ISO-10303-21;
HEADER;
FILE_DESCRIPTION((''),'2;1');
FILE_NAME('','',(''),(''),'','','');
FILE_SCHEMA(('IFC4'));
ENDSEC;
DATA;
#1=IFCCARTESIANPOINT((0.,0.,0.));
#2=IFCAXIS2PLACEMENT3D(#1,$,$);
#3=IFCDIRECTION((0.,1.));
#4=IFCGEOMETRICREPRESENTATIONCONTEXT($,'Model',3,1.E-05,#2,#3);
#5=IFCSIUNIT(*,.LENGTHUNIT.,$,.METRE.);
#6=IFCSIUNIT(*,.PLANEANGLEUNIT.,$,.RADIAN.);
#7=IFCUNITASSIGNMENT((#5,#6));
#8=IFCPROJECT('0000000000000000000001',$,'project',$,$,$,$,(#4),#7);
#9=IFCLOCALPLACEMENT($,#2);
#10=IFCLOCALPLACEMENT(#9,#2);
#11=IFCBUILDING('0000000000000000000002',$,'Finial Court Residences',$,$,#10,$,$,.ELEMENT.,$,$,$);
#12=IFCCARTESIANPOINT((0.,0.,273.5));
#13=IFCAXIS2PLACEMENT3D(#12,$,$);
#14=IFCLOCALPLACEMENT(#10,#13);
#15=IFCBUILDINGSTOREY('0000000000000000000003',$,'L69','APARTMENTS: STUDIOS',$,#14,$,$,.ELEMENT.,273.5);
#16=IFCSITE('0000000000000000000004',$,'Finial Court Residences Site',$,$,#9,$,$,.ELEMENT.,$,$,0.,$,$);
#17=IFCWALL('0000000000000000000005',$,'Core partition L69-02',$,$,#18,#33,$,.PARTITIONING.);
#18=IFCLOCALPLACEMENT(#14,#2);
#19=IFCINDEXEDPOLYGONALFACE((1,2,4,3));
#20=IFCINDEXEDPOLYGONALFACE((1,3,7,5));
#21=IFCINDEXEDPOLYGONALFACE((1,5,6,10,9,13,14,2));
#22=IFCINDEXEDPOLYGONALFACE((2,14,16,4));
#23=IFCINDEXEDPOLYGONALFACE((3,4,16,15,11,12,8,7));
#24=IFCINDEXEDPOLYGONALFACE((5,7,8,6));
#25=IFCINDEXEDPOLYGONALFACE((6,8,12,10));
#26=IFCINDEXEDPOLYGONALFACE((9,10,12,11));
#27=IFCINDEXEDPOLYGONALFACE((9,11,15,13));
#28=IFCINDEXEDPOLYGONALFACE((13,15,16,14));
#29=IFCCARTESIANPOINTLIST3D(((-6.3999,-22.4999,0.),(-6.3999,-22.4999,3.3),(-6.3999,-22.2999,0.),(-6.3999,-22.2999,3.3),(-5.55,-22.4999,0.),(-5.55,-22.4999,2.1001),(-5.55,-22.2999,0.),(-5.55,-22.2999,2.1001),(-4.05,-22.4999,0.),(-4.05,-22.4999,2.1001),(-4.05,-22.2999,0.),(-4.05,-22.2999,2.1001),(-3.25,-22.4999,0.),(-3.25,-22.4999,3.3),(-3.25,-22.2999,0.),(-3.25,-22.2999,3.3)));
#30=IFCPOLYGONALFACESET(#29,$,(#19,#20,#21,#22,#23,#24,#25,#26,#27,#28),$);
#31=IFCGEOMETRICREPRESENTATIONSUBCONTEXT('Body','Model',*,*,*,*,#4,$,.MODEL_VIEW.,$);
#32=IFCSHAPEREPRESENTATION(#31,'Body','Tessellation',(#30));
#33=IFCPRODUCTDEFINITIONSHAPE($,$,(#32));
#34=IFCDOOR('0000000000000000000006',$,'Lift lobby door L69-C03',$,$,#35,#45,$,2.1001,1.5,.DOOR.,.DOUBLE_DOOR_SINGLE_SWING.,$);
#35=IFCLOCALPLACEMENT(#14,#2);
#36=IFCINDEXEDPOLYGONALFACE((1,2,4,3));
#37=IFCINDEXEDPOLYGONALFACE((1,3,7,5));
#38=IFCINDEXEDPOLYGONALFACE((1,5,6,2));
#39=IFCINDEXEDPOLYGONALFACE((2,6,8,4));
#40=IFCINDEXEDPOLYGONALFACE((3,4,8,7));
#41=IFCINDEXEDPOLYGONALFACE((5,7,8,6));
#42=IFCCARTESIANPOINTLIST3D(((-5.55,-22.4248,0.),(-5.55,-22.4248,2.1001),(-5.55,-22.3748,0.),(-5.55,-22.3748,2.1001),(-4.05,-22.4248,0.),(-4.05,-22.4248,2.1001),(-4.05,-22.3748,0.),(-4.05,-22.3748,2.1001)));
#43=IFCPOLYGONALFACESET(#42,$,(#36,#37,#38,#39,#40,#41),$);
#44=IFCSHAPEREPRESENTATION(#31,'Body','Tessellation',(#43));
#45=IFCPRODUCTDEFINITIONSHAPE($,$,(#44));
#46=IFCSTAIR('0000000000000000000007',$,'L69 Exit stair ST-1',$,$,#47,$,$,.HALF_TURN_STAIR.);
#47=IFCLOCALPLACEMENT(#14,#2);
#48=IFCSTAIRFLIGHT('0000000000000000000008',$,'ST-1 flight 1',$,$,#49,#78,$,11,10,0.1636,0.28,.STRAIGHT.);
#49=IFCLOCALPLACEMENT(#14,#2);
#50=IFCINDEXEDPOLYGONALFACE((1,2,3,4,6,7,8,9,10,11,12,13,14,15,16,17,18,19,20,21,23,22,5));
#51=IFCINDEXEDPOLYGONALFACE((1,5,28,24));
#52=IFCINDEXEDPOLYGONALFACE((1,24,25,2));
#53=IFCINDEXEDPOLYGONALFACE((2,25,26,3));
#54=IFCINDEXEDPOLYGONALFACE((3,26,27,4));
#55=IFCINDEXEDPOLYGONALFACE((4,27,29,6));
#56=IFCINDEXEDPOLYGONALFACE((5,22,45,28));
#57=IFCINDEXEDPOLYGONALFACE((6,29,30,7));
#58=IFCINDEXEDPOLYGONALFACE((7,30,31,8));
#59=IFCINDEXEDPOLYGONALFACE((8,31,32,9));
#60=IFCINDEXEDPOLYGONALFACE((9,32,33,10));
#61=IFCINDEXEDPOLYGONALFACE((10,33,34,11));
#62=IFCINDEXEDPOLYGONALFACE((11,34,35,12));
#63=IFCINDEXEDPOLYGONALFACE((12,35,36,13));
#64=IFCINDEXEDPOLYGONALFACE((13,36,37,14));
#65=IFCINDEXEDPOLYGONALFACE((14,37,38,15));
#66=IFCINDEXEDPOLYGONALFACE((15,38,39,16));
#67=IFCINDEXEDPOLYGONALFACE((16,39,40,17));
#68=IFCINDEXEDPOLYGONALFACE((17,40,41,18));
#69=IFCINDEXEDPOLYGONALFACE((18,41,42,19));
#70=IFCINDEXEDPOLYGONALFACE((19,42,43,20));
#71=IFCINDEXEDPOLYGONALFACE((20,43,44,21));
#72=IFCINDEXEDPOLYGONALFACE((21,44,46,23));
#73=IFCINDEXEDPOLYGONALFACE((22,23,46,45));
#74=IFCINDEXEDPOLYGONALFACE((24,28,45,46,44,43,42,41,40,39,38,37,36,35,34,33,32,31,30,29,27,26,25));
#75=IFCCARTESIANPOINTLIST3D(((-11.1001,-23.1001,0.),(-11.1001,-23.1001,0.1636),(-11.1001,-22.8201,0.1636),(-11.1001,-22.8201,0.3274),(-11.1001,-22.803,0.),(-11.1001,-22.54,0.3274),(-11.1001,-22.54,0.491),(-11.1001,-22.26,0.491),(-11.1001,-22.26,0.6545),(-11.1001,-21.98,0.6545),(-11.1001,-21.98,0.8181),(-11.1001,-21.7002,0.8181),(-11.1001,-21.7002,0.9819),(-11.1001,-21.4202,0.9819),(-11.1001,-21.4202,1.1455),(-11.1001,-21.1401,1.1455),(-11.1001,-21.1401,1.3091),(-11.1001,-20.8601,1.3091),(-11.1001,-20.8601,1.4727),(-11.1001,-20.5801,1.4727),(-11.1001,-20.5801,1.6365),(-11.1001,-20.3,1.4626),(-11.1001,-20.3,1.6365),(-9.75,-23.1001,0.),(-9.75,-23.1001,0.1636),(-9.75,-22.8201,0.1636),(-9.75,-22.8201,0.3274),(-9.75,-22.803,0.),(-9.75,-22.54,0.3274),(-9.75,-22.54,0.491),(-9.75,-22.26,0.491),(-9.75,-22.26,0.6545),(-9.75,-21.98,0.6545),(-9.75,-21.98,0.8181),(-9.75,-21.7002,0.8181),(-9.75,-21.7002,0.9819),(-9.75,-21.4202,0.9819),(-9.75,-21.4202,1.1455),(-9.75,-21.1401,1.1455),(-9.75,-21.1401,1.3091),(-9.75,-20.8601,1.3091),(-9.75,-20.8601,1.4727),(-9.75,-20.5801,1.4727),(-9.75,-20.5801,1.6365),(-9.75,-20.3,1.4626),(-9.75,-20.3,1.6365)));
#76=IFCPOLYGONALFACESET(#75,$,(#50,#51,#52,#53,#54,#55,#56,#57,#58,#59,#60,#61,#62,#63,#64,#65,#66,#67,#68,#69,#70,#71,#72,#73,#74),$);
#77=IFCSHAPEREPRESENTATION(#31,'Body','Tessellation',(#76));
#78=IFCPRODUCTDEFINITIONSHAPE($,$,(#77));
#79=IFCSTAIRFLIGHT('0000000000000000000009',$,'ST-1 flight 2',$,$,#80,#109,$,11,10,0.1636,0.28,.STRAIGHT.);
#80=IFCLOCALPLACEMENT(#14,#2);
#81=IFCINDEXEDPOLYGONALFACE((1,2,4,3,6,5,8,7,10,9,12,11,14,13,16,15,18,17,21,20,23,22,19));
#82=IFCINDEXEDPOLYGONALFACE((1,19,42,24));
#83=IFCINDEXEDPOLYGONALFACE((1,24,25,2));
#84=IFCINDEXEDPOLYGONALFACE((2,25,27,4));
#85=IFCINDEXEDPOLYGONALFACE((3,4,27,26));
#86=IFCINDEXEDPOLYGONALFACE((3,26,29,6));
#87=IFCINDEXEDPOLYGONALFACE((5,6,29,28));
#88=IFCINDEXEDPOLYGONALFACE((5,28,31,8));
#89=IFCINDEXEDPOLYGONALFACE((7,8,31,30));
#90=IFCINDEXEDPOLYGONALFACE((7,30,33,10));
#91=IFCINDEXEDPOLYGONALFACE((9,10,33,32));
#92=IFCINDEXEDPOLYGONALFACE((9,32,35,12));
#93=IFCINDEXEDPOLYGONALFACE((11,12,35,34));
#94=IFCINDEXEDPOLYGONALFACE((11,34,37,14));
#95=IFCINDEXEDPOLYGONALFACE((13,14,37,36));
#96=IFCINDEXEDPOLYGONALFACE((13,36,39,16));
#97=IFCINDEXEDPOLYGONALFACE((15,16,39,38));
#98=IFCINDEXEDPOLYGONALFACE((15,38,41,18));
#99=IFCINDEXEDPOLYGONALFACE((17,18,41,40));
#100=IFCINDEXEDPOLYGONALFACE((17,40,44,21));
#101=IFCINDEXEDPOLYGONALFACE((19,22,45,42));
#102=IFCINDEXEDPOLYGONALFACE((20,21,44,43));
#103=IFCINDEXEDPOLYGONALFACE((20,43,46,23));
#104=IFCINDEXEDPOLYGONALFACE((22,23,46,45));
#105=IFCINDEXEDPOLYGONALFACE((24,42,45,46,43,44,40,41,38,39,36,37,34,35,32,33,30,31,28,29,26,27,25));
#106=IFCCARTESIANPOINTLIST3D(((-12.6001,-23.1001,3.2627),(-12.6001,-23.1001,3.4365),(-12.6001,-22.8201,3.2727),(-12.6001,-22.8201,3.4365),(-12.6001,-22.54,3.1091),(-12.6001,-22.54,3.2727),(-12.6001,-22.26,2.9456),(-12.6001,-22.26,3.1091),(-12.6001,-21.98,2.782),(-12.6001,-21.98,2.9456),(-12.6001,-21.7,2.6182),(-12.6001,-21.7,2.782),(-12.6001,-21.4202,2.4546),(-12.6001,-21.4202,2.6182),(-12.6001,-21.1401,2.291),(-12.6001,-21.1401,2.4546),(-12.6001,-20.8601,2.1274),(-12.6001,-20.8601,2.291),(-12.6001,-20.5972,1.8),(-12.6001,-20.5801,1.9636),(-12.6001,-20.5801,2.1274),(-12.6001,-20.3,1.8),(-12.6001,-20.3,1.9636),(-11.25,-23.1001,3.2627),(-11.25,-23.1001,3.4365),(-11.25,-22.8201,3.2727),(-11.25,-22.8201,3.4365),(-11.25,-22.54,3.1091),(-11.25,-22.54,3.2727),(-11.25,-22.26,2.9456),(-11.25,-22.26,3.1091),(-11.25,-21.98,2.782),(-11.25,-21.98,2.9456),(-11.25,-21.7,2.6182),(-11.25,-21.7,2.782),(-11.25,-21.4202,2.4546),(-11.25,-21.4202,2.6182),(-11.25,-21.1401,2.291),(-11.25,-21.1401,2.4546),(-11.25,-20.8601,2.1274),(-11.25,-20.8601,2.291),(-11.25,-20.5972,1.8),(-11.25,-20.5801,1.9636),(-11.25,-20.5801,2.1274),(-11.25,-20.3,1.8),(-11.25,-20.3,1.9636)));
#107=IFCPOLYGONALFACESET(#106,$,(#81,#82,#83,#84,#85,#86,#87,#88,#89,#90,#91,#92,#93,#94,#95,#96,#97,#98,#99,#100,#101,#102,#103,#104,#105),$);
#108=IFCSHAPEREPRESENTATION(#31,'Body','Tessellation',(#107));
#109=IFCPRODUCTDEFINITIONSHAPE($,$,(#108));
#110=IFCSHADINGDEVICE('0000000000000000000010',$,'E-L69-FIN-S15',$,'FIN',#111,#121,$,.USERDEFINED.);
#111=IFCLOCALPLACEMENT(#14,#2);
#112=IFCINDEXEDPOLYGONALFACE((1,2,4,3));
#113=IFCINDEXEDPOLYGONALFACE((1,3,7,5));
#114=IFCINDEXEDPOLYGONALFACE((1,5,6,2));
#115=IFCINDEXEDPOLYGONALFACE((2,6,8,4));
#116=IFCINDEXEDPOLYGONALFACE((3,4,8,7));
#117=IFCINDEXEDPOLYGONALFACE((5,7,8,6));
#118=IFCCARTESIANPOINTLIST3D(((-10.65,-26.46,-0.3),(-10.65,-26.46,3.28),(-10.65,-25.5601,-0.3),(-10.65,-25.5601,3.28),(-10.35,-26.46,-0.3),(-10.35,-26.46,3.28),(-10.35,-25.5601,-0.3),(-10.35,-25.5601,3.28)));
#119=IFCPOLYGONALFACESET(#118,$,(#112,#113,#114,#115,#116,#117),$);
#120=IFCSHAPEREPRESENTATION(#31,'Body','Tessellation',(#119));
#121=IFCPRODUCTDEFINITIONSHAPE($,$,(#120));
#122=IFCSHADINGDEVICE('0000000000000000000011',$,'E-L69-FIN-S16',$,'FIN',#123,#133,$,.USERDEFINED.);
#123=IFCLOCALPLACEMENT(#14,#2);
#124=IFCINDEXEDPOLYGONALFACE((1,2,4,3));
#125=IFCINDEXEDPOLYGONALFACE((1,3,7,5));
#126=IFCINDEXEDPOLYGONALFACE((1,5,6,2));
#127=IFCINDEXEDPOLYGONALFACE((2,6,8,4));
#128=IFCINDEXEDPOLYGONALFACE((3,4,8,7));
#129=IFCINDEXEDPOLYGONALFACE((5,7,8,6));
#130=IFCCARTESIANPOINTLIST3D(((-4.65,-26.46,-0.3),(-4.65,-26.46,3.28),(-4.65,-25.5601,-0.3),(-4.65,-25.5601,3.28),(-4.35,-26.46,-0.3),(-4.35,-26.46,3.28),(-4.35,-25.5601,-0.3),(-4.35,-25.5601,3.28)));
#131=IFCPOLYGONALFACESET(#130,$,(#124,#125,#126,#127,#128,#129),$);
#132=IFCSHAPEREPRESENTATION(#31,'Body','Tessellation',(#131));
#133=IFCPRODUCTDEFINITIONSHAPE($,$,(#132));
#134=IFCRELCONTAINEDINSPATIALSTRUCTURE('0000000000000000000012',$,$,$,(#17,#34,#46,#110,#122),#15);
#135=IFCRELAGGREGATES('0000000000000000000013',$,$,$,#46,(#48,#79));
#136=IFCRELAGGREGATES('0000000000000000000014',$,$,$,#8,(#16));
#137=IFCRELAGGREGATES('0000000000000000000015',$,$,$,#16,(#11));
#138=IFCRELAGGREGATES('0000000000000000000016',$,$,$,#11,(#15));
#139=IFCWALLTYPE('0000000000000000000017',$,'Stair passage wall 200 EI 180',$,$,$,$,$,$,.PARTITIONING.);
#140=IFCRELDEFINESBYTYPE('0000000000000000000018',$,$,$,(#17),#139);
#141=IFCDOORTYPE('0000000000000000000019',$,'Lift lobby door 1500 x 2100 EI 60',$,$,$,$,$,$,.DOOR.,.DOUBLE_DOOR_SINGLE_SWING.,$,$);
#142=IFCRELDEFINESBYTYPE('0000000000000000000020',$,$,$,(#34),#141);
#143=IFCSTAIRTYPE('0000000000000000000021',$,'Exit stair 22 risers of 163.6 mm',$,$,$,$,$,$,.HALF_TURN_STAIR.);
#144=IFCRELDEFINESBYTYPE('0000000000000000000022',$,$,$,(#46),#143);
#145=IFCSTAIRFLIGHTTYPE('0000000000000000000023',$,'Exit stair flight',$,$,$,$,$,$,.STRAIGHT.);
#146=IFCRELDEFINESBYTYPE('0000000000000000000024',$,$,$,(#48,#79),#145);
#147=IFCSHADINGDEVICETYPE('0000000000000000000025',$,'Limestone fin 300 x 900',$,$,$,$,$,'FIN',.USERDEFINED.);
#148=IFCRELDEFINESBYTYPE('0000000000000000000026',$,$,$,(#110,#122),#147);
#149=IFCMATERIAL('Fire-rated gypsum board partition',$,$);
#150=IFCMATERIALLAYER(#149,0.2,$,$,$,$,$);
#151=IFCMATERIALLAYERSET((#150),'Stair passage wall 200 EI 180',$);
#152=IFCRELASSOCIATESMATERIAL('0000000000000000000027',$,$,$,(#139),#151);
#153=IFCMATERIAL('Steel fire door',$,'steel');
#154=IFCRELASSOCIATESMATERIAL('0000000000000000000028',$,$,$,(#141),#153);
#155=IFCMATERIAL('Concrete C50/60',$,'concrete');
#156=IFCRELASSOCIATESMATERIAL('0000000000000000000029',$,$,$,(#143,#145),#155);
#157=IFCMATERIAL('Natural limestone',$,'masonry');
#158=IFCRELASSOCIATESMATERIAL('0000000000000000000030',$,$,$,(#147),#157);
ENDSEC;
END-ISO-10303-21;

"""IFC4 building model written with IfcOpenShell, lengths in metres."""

from ifc_helpers import new_model, si_unit, direction, frame, frame_2d, origin, origin_2d, place, context, subcontext, project, spatial, polyline, rectangle, outline, extrude, material, layer, layer_set, type_object, element, fill, aggregate, save


model = new_model("IFC4")

# Units and contexts
model_context = context("Model", 3, precision=1e-05, world=origin(), true_north=direction((0.0, 1.0)))
body_context = subcontext(model_context, "Body", "Model", "MODEL_VIEW")
ifc_project = project(units=[si_unit("LENGTHUNIT", "METRE"), si_unit("PLANEANGLEUNIT", "RADIAN")], contexts=[model_context])

# Site, building, storey
site_placement = place(None, origin())
site = spatial("IfcSite", under=ifc_project, at=site_placement, Name="Finial Court Residences Site", CompositionType="ELEMENT", RefElevation=0.0)
building_placement = place(site_placement, origin())
building = spatial("IfcBuilding", under=site, at=building_placement, Name="Finial Court Residences", CompositionType="ELEMENT")
storey_placement = place(building_placement, frame((0.0, 0.0, 273.5)))
storey = spatial("IfcBuildingStorey", under=building, at=storey_placement, Name="L69", Description="APARTMENTS: STUDIOS", CompositionType="ELEMENT", Elevation=273.5)

# Shared definitions
ifc_material_1 = material(Name="Concrete C50/60", Category="concrete")

# Shared definitions
ifc_material_2 = material(Name="Steel fire door", Category="steel")

# Shared definitions
ifc_material_3 = material(Name="Fire-rated gypsum board partition")

# Wall, opening, door
ifc_layer_1 = layer(ifc_material_3, 0.2)
ifc_layer_set_1 = layer_set([ifc_layer_1], Name="Stair passage wall 200 EI 180")
wall_type_1 = type_object("IfcWallType", Name="Stair passage wall 200 EI 180", PredefinedType="PARTITIONING", material=ifc_layer_set_1)
wall_1_placement = place(storey_placement, frame((-3.25, -22.3999, 0.0), z_axis=(0.0, 0.0, 1.0), x_axis=(-1.0, 0.0, 0.0)))
wall_1 = element("IfcWall", 1, at=wall_1_placement, inside=storey, type_object=wall_type_1, Name="Core partition L69-02", PredefinedType="PARTITIONING", context=body_context, shape_type="SweptSolid", body=[
    extrude(rectangle(XDim=3.1499, YDim=0.2, at=frame_2d((1.575, 0.0))), origin(), (0.0, 0.0, 1.0), 3.3),
])
opening_1_placement = place(wall_1_placement, frame((0.8, 0.0, 0.0)))
opening_1 = element("IfcOpeningElement", 2, at=opening_1_placement, cuts=wall_1, PredefinedType="OPENING", context=body_context, shape_type="SweptSolid", body=[
    extrude(rectangle(XDim=1.5, YDim=2.1001, at=frame_2d((0.75, 1.05))), frame((0.0, 0.1099, 0.0), z_axis=(0.0, -1.0, 0.0), x_axis=(1.0, 0.0, 0.0)), (0.0, 0.0, 1.0), 0.22),
])
door_type_1 = type_object("IfcDoorType", Name="Lift lobby door 1500 x 2100 EI 60", OperationType="DOUBLE_DOOR_SINGLE_SWING", PredefinedType="DOOR", material=ifc_material_2)
door_1_placement = place(opening_1_placement, origin())
door_1 = element("IfcDoor", 3, at=door_1_placement, inside=storey, type_object=door_type_1, Name="Lift lobby door L69-C03", OperationType="DOUBLE_DOOR_SINGLE_SWING", OverallHeight=2.1001, OverallWidth=1.5, PredefinedType="DOOR", context=body_context, shape_type="SweptSolid", body=[
    extrude(rectangle(XDim=1.5, YDim=2.1001, at=frame_2d((0.75, 1.05))), frame((0.0, 0.0249, 0.0), z_axis=(0.0, -1.0, 0.0), x_axis=(1.0, 0.0, 0.0)), (0.0, 0.0, 1.0), 0.05),
])
fill(opening_1, door_1)

# Stair, stair flights
stair_type = type_object("IfcStairType", Name="Exit stair 22 risers of 163.6 mm", PredefinedType="HALF_TURN_STAIR", material=ifc_material_1)
stair_placement = place(storey_placement, origin())
stair = element("IfcStair", 4, at=stair_placement, inside=storey, type_object=stair_type, Name="L69 Exit stair ST-1", PredefinedType="HALF_TURN_STAIR")
stair_flight_type = type_object("IfcStairFlightType", Name="Exit stair flight", PredefinedType="STRAIGHT", material=ifc_material_1)
stair_flight_1_placement = place(storey_placement, frame((-10.425, -23.1001, 0.0), z_axis=(0.0, 0.0, 1.0), x_axis=(0.0, 1.0, 0.0)))
stair_flight_1 = element("IfcStairFlight", 5, at=stair_flight_1_placement, type_object=stair_flight_type, Name="ST-1 flight 1", NumberOfRisers=11, NumberOfTreads=10, PredefinedType="STRAIGHT", RiserHeight=0.1636, TreadLength=0.28, context=body_context, shape_type="SweptSolid", body=[
    extrude(outline(polyline([(0.0, 0.0), (0.0, 0.1636), (0.28, 0.1636), (0.28, 0.3274), (0.5601, 0.3274), (0.5601, 0.491), (0.8401, 0.491), (0.8401, 0.6545), (1.1201, 0.6545), (1.1201, 0.8181), (1.3999, 0.8181), (1.3999, 0.9819), (1.6799, 0.9819), (1.6799, 1.1455), (1.96, 1.1455), (1.96, 1.3091), (2.24, 1.3091), (2.24, 1.4727), (2.52, 1.4727), (2.52, 1.6365), (2.8, 1.6365), (2.8, 1.8), (2.8, 1.4626), (0.2971, 0.0), (0.0, 0.0)])), frame((0.0, 0.675, 0.0), z_axis=(0.0, -1.0, 0.0), x_axis=(1.0, 0.0, 0.0)), (0.0, 0.0, 1.0), 1.3501),
])
stair_flight_2_placement = place(storey_placement, frame((-11.925, -20.3, 1.8), z_axis=(0.0, 0.0, 1.0), x_axis=(0.0, -1.0, 0.0)))
stair_flight_2 = element("IfcStairFlight", 6, at=stair_flight_2_placement, type_object=stair_flight_type, Name="ST-1 flight 2", NumberOfRisers=11, NumberOfTreads=10, PredefinedType="STRAIGHT", RiserHeight=0.1636, TreadLength=0.28, context=body_context, shape_type="SweptSolid", body=[
    extrude(outline(polyline([(0.0, 0.0), (0.0, 0.1636), (0.28, 0.1636), (0.28, 0.3274), (0.5601, 0.3274), (0.5601, 0.491), (0.8401, 0.491), (0.8401, 0.6545), (1.1201, 0.6545), (1.1201, 0.8181), (1.3999, 0.8181), (1.3999, 0.9819), (1.6799, 0.9819), (1.6799, 1.1455), (1.96, 1.1455), (1.96, 1.3091), (2.24, 1.3091), (2.24, 1.4727), (2.52, 1.4727), (2.52, 1.6365), (2.8, 1.6365), (2.8, 1.8), (2.8, 1.4626), (0.2971, 0.0), (0.0, 0.0)])), frame((0.0, 0.675, 0.0), z_axis=(0.0, -1.0, 0.0), x_axis=(1.0, 0.0, 0.0)), (0.0, 0.0, 1.0), 1.3501),
])
aggregate(stair, [stair_flight_1, stair_flight_2])

# Shading devices
ifc_material_4 = material(Name="Natural limestone", Category="masonry")
shading_device_type = type_object("IfcShadingDeviceType", Name="Limestone fin 300 x 900", ElementType="FIN", PredefinedType="USERDEFINED", material=ifc_material_4)
for number, where, z_axis, x_axis, name in (
    (7, (-10.5, -26.01, -0.3), (0.0, 0.0, 1.0), (1.0, 0.0, 0.0), "E-L69-FIN-S15"),
    (8, (-4.5, -26.01, -0.3), (0.0, 0.0, 1.0), (1.0, 0.0, 0.0), "E-L69-FIN-S16"),
):
    element("IfcShadingDevice", number, at=place(storey_placement, frame(where, z_axis=z_axis, x_axis=x_axis)), inside=storey, type_object=shading_device_type, Name=name, ObjectType="FIN", PredefinedType="USERDEFINED", context=body_context, shape_type="SweptSolid", body=[
        extrude(rectangle(XDim=0.3, YDim=0.8999, at=origin_2d()), origin(), (0.0, 0.0, 1.0), 3.5801),
    ])

save(model, "model.ifc")
